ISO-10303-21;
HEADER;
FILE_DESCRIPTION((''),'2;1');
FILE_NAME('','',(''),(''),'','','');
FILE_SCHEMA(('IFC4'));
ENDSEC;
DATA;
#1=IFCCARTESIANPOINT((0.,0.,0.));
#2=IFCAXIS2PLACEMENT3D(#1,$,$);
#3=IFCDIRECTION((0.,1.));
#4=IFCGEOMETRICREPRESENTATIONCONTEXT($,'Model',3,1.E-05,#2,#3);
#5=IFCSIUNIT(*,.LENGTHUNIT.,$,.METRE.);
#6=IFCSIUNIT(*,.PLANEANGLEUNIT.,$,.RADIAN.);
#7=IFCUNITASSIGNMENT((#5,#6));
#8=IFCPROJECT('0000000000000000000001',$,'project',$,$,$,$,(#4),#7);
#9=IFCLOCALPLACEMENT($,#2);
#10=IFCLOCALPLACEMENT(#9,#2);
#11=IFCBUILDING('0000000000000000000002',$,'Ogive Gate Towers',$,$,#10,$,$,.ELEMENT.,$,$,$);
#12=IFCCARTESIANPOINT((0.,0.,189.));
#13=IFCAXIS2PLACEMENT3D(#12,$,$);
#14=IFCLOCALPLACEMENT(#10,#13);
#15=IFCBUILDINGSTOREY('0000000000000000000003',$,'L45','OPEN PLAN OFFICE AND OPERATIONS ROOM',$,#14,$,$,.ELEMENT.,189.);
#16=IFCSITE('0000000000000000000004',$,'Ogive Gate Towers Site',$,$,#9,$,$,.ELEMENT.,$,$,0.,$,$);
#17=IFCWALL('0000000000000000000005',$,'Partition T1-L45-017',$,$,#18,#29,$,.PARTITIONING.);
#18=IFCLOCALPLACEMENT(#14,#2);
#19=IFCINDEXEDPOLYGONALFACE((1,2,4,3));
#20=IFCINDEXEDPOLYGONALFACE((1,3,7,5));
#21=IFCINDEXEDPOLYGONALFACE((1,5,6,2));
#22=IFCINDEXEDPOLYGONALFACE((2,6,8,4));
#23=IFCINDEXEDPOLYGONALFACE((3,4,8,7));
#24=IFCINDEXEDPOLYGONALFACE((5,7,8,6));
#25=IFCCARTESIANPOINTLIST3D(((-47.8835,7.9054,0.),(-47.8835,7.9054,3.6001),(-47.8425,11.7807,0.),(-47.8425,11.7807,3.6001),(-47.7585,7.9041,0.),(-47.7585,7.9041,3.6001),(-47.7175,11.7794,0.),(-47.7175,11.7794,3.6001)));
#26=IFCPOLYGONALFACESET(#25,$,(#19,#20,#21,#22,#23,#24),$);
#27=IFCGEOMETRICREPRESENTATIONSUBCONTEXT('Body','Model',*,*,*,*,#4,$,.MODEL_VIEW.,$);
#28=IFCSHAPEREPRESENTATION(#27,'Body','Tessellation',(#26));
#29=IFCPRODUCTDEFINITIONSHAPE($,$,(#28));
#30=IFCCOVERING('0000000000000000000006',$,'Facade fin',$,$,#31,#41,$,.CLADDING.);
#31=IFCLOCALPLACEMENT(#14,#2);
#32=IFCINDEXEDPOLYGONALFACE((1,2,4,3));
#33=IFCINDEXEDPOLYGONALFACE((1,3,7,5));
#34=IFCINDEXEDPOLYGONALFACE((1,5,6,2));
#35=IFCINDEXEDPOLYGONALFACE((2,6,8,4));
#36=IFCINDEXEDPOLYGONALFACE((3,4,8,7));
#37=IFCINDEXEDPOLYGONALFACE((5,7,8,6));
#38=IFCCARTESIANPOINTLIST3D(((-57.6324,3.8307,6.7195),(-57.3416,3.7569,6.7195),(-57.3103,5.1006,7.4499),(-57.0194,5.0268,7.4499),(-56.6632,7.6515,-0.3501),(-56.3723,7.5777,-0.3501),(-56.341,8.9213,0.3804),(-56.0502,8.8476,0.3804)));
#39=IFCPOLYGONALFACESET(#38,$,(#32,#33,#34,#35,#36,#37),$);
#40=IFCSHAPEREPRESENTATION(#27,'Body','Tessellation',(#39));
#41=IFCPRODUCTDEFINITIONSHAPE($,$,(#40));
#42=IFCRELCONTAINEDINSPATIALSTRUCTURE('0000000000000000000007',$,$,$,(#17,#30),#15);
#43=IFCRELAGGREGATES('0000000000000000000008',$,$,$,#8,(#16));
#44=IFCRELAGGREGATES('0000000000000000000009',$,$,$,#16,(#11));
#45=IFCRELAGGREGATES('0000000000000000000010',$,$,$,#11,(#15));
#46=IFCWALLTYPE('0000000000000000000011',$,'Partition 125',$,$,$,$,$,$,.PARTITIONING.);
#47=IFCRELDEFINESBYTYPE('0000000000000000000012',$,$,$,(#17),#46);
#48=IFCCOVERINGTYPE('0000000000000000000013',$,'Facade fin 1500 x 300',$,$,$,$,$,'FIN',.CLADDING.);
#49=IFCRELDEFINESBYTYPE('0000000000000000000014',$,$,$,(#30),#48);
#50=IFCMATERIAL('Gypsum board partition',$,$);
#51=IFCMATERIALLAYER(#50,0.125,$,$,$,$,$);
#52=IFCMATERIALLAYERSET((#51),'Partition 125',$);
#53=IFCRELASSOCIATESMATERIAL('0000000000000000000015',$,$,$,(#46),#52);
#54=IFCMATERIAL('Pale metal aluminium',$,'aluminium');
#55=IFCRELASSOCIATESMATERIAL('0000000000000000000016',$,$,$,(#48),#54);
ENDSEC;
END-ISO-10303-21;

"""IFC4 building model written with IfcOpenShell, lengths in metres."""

from ifc_helpers import new_model, si_unit, direction, frame, frame_2d, origin, origin_2d, place, context, subcontext, project, spatial, rectangle, extrude, material, layer, layer_set, material_profile, profile_set, type_object, element, save


model = new_model("IFC4")

# Units and contexts
model_context = context("Model", 3, precision=1e-05, world=origin(), true_north=direction((0.0, 1.0)))
body_context = subcontext(model_context, "Body", "Model", "MODEL_VIEW")
ifc_project = project(units=[si_unit("LENGTHUNIT", "METRE"), si_unit("PLANEANGLEUNIT", "RADIAN")], contexts=[model_context])

# Site, building, storey
site_placement = place(None, origin())
site = spatial("IfcSite", under=ifc_project, at=site_placement, Name="Ogive Gate Towers Site", CompositionType="ELEMENT", RefElevation=0.0)
building_placement = place(site_placement, origin())
building = spatial("IfcBuilding", under=site, at=building_placement, Name="Ogive Gate Towers", CompositionType="ELEMENT")
storey_placement = place(building_placement, frame((0.0, 0.0, 189.0)))
storey = spatial("IfcBuildingStorey", under=building, at=storey_placement, Name="L45", Description="OPEN PLAN OFFICE AND OPERATIONS ROOM", CompositionType="ELEMENT", Elevation=189.0)

# Shared definitions
ifc_material_1 = material(Name="Pale metal aluminium", Category="aluminium")

# Shared definitions
ifc_material_2 = material(Name="Gypsum board partition")
ifc_layer = layer(ifc_material_2, 0.125)
ifc_layer_set = layer_set([ifc_layer], Name="Partition 125")
wall_type = type_object("IfcWallType", Name="Partition 125", PredefinedType="PARTITIONING", material=ifc_layer_set)

# Wall
wall_1_placement = place(storey_placement, frame((-47.821, 7.9048, 0.0), z_axis=(0.0, 0.0, 1.0), x_axis=(0.010583, 0.999944, 0.0)))
element("IfcWall", 1, at=wall_1_placement, inside=storey, type_object=wall_type, Name="Partition T1-L45-017", PredefinedType="PARTITIONING", context=body_context, shape_type="SweptSolid", body=[
    extrude(rectangle(XDim=3.8755, YDim=0.125, at=frame_2d((1.9377, 0.0))), origin(), (0.0, 0.0, 1.0), 3.6001),
])

# Covering
ifc_material_profile_1 = material_profile(ifc_material_1, rectangle(XDim=0.3, YDim=1.5, at=origin_2d()), Name="1500 x 300 pale metal aluminium")
ifc_profile_set_1 = profile_set([ifc_material_profile_1], Name="Pale metal aluminium")
covering_type = type_object("IfcCoveringType", Name="Facade fin 1500 x 300", ElementType="FIN", PredefinedType="CLADDING", material=ifc_profile_set_1)
covering_placement = place(storey_placement, frame((-56.3567, 8.2495, 0.0151), z_axis=(-0.119744, -0.472039, 0.873408), x_axis=(0.969299, -0.245886, 0.0)))
element("IfcCovering", 2, at=covering_placement, inside=storey, type_object=covering_type, Name="Facade fin", PredefinedType="CLADDING", context=body_context, shape_type="SweptSolid", body=[
    extrude(rectangle(XDim=0.3, YDim=1.5, at=origin_2d()), origin(), (0.0, 0.0, 1.0), 8.0942),
])

save(model, "model.ifc")
